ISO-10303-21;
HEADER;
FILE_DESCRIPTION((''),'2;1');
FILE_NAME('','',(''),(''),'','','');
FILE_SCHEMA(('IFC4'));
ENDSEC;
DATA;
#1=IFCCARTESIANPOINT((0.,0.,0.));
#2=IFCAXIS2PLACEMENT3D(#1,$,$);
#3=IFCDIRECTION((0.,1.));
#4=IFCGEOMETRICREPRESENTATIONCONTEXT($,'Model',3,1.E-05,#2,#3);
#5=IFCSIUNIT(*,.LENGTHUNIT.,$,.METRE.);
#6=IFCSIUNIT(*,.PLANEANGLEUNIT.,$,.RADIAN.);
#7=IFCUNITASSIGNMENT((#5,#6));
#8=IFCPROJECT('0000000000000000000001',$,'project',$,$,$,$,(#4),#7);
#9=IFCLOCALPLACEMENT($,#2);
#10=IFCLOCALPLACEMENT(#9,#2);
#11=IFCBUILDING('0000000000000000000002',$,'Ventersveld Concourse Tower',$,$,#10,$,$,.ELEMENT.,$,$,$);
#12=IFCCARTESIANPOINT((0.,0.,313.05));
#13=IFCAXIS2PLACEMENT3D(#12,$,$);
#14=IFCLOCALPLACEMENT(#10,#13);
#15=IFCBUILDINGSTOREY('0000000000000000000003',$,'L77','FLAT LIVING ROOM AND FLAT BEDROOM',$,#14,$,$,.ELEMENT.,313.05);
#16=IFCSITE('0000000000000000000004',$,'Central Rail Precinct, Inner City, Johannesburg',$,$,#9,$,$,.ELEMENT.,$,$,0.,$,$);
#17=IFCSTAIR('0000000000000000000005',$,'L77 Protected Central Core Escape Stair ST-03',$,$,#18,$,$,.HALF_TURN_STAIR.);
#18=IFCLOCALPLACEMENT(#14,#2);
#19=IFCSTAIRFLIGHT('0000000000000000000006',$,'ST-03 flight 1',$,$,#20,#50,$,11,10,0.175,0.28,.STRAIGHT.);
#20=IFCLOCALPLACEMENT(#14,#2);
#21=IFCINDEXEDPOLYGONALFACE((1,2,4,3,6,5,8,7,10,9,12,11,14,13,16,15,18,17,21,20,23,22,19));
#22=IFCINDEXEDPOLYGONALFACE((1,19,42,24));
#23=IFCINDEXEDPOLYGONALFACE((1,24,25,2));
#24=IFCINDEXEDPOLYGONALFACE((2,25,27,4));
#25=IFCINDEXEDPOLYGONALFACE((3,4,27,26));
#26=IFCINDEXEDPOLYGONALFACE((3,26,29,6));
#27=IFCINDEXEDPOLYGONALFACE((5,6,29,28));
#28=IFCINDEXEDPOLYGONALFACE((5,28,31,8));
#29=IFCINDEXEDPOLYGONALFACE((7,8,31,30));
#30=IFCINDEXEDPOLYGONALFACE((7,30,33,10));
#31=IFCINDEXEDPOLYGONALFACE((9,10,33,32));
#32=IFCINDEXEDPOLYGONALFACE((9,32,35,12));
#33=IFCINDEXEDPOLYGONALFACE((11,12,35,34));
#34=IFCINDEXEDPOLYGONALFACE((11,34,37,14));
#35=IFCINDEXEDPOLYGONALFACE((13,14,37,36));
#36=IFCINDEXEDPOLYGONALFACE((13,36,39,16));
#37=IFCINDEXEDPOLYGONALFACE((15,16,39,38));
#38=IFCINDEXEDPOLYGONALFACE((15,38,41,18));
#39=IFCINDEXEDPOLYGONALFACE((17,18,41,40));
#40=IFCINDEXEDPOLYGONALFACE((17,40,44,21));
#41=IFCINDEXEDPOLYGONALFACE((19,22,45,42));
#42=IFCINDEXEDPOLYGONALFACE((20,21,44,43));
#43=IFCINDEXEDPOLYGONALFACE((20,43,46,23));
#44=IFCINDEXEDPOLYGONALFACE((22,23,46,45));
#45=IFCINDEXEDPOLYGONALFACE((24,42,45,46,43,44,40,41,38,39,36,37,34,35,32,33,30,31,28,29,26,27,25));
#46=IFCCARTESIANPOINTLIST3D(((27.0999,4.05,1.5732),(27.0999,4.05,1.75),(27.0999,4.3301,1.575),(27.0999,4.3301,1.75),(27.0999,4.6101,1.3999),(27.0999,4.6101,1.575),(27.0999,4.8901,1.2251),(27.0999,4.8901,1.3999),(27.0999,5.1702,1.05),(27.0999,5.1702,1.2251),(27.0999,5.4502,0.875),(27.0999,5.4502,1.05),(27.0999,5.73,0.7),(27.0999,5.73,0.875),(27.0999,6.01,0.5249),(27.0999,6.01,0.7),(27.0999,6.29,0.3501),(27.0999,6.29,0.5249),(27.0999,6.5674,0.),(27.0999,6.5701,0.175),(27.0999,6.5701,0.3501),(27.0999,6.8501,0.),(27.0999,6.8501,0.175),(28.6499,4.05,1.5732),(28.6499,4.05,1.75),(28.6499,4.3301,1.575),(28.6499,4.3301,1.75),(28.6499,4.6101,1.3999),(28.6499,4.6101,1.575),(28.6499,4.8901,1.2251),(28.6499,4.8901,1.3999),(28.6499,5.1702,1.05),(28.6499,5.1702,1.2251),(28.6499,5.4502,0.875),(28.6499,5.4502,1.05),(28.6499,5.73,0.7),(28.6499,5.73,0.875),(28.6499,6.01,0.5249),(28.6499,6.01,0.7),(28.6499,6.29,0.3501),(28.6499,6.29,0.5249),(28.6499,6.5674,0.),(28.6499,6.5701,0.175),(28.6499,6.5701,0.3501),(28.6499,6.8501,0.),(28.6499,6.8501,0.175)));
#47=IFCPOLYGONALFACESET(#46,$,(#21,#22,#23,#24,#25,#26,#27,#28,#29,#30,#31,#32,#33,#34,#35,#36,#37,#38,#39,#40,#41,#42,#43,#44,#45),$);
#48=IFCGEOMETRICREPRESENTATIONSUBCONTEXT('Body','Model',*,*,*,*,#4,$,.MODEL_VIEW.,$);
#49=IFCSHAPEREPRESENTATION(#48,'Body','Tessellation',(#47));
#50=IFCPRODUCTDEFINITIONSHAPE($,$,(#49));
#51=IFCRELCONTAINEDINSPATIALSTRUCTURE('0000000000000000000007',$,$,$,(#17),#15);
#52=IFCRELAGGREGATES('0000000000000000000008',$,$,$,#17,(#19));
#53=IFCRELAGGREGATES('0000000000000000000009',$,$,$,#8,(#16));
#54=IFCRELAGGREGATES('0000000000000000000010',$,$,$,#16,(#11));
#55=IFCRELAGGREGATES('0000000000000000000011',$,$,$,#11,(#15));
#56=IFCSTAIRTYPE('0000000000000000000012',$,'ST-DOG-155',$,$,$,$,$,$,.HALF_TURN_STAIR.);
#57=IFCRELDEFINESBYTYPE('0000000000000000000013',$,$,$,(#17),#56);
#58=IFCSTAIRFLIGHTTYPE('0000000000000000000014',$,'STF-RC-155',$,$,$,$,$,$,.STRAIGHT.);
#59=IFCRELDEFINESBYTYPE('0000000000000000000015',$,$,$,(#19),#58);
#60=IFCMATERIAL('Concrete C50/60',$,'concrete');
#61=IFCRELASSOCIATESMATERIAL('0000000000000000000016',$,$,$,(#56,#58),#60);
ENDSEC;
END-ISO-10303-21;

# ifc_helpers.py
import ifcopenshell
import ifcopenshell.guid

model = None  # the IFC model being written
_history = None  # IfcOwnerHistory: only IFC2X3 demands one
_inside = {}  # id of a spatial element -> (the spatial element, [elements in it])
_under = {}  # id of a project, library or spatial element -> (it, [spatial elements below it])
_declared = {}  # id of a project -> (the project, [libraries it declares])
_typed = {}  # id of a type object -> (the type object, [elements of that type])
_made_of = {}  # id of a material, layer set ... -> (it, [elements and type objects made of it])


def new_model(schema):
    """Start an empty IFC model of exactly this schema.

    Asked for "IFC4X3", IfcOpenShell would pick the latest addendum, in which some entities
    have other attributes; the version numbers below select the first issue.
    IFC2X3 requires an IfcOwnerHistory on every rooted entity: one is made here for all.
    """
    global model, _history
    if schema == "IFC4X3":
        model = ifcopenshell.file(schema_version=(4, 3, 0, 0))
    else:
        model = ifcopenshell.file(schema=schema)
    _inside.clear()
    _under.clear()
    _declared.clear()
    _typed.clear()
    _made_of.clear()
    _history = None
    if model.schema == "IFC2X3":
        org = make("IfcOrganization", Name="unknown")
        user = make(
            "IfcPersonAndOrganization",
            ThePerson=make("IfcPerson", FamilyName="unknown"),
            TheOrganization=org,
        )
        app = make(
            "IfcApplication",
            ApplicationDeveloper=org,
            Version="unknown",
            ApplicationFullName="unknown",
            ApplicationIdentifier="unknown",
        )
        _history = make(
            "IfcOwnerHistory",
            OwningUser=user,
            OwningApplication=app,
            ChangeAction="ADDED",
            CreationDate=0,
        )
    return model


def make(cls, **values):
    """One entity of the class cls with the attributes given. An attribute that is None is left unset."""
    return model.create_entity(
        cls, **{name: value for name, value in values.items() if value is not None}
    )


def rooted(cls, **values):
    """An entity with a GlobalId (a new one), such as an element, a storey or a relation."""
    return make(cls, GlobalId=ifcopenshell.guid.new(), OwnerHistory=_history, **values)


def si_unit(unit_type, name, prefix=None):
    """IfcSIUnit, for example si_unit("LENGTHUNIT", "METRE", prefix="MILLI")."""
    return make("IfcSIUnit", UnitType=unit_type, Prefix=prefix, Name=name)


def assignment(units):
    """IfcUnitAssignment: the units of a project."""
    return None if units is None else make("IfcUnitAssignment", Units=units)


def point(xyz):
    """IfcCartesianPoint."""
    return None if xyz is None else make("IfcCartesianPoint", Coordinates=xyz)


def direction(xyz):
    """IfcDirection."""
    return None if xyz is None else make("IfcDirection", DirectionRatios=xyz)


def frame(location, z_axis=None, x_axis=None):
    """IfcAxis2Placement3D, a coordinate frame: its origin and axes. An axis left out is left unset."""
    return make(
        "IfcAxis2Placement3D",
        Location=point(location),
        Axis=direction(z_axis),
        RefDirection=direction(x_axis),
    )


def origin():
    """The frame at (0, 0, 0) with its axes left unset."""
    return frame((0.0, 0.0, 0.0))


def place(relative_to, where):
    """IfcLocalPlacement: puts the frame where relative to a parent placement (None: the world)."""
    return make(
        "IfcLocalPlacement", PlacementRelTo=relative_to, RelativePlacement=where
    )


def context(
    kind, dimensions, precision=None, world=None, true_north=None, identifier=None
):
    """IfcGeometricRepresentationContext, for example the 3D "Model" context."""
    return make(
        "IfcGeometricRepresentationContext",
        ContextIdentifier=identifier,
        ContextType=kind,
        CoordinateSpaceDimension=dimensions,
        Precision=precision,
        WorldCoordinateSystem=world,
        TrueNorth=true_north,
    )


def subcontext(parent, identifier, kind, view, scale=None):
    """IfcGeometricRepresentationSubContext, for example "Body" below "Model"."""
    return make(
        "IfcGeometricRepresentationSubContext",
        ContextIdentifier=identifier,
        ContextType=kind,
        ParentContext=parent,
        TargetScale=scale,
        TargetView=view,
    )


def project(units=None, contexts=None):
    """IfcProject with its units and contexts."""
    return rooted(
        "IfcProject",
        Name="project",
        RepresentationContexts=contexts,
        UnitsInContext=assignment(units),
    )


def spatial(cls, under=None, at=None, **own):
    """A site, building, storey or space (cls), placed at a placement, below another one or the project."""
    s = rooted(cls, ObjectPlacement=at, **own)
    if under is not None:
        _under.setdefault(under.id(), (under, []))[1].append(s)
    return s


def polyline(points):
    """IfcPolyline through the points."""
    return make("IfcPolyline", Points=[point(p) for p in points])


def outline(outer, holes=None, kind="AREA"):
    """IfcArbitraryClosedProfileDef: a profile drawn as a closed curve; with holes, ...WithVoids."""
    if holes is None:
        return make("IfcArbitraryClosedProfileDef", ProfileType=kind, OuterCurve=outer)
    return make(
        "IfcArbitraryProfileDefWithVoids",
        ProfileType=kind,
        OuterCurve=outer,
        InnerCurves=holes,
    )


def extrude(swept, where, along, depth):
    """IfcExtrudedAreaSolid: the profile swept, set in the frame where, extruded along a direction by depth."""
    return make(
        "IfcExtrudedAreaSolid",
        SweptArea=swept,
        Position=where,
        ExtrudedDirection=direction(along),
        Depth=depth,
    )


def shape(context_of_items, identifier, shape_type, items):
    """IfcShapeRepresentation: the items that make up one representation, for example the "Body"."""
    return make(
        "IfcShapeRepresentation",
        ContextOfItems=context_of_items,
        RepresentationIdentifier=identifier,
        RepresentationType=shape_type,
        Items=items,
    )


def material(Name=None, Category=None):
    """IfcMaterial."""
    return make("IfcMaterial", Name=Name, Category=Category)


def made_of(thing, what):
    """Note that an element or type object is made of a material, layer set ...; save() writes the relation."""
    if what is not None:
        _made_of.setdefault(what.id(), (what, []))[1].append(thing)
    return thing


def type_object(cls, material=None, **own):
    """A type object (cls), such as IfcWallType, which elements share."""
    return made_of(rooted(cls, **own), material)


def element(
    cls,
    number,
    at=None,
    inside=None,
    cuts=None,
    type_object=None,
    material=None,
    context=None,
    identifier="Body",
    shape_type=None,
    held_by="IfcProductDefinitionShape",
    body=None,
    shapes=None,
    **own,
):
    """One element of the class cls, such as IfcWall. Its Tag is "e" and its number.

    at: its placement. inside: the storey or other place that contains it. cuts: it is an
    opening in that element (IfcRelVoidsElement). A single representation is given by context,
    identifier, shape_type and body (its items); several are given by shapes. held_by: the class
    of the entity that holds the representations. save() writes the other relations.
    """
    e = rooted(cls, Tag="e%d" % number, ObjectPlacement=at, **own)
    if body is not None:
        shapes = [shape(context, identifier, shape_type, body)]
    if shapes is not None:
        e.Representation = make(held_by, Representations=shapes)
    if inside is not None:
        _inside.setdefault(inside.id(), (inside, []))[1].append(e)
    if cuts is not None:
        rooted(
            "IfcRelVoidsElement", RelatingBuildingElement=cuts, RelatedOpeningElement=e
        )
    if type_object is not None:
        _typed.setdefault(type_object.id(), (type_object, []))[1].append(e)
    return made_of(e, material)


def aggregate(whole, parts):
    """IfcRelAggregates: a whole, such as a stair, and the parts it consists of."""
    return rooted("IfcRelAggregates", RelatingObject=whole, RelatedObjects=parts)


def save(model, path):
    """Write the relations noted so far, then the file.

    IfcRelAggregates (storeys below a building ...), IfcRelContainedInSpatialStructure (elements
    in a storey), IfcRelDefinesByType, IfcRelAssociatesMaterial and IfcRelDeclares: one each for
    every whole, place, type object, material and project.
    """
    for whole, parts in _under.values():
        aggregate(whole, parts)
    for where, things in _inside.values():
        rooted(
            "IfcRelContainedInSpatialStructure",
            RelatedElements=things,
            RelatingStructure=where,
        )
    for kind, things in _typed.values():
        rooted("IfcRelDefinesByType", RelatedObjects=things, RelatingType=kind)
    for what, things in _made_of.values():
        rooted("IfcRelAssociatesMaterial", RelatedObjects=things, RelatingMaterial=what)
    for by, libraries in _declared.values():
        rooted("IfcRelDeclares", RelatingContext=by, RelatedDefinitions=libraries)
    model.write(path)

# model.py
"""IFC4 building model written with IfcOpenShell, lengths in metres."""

from ifc_helpers import new_model, si_unit, direction, frame, origin, place, context, subcontext, project, spatial, polyline, outline, extrude, material, type_object, element, aggregate, save


model = new_model("IFC4")

# Units and contexts
model_context = context("Model", 3, precision=1e-05, world=origin(), true_north=direction((0.0, 1.0)))
body_context = subcontext(model_context, "Body", "Model", "MODEL_VIEW")
ifc_project = project(units=[si_unit("LENGTHUNIT", "METRE"), si_unit("PLANEANGLEUNIT", "RADIAN")], contexts=[model_context])

# Site, building, storey
site_placement = place(None, origin())
site = spatial("IfcSite", under=ifc_project, at=site_placement, Name="Central Rail Precinct, Inner City, Johannesburg", CompositionType="ELEMENT", RefElevation=0.0)
building_placement = place(site_placement, origin())
building = spatial("IfcBuilding", under=site, at=building_placement, Name="Ventersveld Concourse Tower", CompositionType="ELEMENT")
storey_placement = place(building_placement, frame((0.0, 0.0, 313.05)))
storey = spatial("IfcBuildingStorey", under=building, at=storey_placement, Name="L77", Description="FLAT LIVING ROOM AND FLAT BEDROOM", CompositionType="ELEMENT", Elevation=313.05)

# Shared definitions
ifc_material_1 = material(Name="Concrete C50/60", Category="concrete")

# Stair, stair flight
stair_type = type_object("IfcStairType", Name="ST-DOG-155", PredefinedType="HALF_TURN_STAIR", material=ifc_material_1)
stair_placement = place(storey_placement, origin())
stair = element("IfcStair", 1, at=stair_placement, inside=storey, type_object=stair_type, Name="L77 Protected Central Core Escape Stair ST-03", PredefinedType="HALF_TURN_STAIR")
stair_flight_type = type_object("IfcStairFlightType", Name="STF-RC-155", PredefinedType="STRAIGHT", material=ifc_material_1)
stair_flight_placement = place(storey_placement, frame((27.875, 6.8501, 0.0), z_axis=(0.0, 0.0, 1.0), x_axis=(0.0, -1.0, 0.0)))
stair_flight = element("IfcStairFlight", 2, at=stair_flight_placement, type_object=stair_flight_type, Name="ST-03 flight 1", NumberOfRisers=11, NumberOfTreads=10, PredefinedType="STRAIGHT", RiserHeight=0.175, TreadLength=0.28, context=body_context, shape_type="SweptSolid", body=[
    extrude(outline(polyline([(0.0, 0.0), (0.0, 0.175), (0.28, 0.175), (0.28, 0.3501), (0.5601, 0.3501), (0.5601, 0.5249), (0.8401, 0.5249), (0.8401, 0.7), (1.1201, 0.7), (1.1201, 0.875), (1.3999, 0.875), (1.3999, 1.05), (1.6799, 1.05), (1.6799, 1.2251), (1.96, 1.2251), (1.96, 1.3999), (2.24, 1.3999), (2.24, 1.575), (2.52, 1.575), (2.52, 1.75), (2.8, 1.75), (2.8, 1.925), (2.8, 1.5732), (0.2827, 0.0), (0.0, 0.0)])), frame((0.0, 0.7749, 0.0), z_axis=(0.0, -1.0, 0.0), x_axis=(1.0, 0.0, 0.0)), (0.0, 0.0, 1.0), 1.55),
])
aggregate(stair, [stair_flight])

save(model, "model.ifc")
